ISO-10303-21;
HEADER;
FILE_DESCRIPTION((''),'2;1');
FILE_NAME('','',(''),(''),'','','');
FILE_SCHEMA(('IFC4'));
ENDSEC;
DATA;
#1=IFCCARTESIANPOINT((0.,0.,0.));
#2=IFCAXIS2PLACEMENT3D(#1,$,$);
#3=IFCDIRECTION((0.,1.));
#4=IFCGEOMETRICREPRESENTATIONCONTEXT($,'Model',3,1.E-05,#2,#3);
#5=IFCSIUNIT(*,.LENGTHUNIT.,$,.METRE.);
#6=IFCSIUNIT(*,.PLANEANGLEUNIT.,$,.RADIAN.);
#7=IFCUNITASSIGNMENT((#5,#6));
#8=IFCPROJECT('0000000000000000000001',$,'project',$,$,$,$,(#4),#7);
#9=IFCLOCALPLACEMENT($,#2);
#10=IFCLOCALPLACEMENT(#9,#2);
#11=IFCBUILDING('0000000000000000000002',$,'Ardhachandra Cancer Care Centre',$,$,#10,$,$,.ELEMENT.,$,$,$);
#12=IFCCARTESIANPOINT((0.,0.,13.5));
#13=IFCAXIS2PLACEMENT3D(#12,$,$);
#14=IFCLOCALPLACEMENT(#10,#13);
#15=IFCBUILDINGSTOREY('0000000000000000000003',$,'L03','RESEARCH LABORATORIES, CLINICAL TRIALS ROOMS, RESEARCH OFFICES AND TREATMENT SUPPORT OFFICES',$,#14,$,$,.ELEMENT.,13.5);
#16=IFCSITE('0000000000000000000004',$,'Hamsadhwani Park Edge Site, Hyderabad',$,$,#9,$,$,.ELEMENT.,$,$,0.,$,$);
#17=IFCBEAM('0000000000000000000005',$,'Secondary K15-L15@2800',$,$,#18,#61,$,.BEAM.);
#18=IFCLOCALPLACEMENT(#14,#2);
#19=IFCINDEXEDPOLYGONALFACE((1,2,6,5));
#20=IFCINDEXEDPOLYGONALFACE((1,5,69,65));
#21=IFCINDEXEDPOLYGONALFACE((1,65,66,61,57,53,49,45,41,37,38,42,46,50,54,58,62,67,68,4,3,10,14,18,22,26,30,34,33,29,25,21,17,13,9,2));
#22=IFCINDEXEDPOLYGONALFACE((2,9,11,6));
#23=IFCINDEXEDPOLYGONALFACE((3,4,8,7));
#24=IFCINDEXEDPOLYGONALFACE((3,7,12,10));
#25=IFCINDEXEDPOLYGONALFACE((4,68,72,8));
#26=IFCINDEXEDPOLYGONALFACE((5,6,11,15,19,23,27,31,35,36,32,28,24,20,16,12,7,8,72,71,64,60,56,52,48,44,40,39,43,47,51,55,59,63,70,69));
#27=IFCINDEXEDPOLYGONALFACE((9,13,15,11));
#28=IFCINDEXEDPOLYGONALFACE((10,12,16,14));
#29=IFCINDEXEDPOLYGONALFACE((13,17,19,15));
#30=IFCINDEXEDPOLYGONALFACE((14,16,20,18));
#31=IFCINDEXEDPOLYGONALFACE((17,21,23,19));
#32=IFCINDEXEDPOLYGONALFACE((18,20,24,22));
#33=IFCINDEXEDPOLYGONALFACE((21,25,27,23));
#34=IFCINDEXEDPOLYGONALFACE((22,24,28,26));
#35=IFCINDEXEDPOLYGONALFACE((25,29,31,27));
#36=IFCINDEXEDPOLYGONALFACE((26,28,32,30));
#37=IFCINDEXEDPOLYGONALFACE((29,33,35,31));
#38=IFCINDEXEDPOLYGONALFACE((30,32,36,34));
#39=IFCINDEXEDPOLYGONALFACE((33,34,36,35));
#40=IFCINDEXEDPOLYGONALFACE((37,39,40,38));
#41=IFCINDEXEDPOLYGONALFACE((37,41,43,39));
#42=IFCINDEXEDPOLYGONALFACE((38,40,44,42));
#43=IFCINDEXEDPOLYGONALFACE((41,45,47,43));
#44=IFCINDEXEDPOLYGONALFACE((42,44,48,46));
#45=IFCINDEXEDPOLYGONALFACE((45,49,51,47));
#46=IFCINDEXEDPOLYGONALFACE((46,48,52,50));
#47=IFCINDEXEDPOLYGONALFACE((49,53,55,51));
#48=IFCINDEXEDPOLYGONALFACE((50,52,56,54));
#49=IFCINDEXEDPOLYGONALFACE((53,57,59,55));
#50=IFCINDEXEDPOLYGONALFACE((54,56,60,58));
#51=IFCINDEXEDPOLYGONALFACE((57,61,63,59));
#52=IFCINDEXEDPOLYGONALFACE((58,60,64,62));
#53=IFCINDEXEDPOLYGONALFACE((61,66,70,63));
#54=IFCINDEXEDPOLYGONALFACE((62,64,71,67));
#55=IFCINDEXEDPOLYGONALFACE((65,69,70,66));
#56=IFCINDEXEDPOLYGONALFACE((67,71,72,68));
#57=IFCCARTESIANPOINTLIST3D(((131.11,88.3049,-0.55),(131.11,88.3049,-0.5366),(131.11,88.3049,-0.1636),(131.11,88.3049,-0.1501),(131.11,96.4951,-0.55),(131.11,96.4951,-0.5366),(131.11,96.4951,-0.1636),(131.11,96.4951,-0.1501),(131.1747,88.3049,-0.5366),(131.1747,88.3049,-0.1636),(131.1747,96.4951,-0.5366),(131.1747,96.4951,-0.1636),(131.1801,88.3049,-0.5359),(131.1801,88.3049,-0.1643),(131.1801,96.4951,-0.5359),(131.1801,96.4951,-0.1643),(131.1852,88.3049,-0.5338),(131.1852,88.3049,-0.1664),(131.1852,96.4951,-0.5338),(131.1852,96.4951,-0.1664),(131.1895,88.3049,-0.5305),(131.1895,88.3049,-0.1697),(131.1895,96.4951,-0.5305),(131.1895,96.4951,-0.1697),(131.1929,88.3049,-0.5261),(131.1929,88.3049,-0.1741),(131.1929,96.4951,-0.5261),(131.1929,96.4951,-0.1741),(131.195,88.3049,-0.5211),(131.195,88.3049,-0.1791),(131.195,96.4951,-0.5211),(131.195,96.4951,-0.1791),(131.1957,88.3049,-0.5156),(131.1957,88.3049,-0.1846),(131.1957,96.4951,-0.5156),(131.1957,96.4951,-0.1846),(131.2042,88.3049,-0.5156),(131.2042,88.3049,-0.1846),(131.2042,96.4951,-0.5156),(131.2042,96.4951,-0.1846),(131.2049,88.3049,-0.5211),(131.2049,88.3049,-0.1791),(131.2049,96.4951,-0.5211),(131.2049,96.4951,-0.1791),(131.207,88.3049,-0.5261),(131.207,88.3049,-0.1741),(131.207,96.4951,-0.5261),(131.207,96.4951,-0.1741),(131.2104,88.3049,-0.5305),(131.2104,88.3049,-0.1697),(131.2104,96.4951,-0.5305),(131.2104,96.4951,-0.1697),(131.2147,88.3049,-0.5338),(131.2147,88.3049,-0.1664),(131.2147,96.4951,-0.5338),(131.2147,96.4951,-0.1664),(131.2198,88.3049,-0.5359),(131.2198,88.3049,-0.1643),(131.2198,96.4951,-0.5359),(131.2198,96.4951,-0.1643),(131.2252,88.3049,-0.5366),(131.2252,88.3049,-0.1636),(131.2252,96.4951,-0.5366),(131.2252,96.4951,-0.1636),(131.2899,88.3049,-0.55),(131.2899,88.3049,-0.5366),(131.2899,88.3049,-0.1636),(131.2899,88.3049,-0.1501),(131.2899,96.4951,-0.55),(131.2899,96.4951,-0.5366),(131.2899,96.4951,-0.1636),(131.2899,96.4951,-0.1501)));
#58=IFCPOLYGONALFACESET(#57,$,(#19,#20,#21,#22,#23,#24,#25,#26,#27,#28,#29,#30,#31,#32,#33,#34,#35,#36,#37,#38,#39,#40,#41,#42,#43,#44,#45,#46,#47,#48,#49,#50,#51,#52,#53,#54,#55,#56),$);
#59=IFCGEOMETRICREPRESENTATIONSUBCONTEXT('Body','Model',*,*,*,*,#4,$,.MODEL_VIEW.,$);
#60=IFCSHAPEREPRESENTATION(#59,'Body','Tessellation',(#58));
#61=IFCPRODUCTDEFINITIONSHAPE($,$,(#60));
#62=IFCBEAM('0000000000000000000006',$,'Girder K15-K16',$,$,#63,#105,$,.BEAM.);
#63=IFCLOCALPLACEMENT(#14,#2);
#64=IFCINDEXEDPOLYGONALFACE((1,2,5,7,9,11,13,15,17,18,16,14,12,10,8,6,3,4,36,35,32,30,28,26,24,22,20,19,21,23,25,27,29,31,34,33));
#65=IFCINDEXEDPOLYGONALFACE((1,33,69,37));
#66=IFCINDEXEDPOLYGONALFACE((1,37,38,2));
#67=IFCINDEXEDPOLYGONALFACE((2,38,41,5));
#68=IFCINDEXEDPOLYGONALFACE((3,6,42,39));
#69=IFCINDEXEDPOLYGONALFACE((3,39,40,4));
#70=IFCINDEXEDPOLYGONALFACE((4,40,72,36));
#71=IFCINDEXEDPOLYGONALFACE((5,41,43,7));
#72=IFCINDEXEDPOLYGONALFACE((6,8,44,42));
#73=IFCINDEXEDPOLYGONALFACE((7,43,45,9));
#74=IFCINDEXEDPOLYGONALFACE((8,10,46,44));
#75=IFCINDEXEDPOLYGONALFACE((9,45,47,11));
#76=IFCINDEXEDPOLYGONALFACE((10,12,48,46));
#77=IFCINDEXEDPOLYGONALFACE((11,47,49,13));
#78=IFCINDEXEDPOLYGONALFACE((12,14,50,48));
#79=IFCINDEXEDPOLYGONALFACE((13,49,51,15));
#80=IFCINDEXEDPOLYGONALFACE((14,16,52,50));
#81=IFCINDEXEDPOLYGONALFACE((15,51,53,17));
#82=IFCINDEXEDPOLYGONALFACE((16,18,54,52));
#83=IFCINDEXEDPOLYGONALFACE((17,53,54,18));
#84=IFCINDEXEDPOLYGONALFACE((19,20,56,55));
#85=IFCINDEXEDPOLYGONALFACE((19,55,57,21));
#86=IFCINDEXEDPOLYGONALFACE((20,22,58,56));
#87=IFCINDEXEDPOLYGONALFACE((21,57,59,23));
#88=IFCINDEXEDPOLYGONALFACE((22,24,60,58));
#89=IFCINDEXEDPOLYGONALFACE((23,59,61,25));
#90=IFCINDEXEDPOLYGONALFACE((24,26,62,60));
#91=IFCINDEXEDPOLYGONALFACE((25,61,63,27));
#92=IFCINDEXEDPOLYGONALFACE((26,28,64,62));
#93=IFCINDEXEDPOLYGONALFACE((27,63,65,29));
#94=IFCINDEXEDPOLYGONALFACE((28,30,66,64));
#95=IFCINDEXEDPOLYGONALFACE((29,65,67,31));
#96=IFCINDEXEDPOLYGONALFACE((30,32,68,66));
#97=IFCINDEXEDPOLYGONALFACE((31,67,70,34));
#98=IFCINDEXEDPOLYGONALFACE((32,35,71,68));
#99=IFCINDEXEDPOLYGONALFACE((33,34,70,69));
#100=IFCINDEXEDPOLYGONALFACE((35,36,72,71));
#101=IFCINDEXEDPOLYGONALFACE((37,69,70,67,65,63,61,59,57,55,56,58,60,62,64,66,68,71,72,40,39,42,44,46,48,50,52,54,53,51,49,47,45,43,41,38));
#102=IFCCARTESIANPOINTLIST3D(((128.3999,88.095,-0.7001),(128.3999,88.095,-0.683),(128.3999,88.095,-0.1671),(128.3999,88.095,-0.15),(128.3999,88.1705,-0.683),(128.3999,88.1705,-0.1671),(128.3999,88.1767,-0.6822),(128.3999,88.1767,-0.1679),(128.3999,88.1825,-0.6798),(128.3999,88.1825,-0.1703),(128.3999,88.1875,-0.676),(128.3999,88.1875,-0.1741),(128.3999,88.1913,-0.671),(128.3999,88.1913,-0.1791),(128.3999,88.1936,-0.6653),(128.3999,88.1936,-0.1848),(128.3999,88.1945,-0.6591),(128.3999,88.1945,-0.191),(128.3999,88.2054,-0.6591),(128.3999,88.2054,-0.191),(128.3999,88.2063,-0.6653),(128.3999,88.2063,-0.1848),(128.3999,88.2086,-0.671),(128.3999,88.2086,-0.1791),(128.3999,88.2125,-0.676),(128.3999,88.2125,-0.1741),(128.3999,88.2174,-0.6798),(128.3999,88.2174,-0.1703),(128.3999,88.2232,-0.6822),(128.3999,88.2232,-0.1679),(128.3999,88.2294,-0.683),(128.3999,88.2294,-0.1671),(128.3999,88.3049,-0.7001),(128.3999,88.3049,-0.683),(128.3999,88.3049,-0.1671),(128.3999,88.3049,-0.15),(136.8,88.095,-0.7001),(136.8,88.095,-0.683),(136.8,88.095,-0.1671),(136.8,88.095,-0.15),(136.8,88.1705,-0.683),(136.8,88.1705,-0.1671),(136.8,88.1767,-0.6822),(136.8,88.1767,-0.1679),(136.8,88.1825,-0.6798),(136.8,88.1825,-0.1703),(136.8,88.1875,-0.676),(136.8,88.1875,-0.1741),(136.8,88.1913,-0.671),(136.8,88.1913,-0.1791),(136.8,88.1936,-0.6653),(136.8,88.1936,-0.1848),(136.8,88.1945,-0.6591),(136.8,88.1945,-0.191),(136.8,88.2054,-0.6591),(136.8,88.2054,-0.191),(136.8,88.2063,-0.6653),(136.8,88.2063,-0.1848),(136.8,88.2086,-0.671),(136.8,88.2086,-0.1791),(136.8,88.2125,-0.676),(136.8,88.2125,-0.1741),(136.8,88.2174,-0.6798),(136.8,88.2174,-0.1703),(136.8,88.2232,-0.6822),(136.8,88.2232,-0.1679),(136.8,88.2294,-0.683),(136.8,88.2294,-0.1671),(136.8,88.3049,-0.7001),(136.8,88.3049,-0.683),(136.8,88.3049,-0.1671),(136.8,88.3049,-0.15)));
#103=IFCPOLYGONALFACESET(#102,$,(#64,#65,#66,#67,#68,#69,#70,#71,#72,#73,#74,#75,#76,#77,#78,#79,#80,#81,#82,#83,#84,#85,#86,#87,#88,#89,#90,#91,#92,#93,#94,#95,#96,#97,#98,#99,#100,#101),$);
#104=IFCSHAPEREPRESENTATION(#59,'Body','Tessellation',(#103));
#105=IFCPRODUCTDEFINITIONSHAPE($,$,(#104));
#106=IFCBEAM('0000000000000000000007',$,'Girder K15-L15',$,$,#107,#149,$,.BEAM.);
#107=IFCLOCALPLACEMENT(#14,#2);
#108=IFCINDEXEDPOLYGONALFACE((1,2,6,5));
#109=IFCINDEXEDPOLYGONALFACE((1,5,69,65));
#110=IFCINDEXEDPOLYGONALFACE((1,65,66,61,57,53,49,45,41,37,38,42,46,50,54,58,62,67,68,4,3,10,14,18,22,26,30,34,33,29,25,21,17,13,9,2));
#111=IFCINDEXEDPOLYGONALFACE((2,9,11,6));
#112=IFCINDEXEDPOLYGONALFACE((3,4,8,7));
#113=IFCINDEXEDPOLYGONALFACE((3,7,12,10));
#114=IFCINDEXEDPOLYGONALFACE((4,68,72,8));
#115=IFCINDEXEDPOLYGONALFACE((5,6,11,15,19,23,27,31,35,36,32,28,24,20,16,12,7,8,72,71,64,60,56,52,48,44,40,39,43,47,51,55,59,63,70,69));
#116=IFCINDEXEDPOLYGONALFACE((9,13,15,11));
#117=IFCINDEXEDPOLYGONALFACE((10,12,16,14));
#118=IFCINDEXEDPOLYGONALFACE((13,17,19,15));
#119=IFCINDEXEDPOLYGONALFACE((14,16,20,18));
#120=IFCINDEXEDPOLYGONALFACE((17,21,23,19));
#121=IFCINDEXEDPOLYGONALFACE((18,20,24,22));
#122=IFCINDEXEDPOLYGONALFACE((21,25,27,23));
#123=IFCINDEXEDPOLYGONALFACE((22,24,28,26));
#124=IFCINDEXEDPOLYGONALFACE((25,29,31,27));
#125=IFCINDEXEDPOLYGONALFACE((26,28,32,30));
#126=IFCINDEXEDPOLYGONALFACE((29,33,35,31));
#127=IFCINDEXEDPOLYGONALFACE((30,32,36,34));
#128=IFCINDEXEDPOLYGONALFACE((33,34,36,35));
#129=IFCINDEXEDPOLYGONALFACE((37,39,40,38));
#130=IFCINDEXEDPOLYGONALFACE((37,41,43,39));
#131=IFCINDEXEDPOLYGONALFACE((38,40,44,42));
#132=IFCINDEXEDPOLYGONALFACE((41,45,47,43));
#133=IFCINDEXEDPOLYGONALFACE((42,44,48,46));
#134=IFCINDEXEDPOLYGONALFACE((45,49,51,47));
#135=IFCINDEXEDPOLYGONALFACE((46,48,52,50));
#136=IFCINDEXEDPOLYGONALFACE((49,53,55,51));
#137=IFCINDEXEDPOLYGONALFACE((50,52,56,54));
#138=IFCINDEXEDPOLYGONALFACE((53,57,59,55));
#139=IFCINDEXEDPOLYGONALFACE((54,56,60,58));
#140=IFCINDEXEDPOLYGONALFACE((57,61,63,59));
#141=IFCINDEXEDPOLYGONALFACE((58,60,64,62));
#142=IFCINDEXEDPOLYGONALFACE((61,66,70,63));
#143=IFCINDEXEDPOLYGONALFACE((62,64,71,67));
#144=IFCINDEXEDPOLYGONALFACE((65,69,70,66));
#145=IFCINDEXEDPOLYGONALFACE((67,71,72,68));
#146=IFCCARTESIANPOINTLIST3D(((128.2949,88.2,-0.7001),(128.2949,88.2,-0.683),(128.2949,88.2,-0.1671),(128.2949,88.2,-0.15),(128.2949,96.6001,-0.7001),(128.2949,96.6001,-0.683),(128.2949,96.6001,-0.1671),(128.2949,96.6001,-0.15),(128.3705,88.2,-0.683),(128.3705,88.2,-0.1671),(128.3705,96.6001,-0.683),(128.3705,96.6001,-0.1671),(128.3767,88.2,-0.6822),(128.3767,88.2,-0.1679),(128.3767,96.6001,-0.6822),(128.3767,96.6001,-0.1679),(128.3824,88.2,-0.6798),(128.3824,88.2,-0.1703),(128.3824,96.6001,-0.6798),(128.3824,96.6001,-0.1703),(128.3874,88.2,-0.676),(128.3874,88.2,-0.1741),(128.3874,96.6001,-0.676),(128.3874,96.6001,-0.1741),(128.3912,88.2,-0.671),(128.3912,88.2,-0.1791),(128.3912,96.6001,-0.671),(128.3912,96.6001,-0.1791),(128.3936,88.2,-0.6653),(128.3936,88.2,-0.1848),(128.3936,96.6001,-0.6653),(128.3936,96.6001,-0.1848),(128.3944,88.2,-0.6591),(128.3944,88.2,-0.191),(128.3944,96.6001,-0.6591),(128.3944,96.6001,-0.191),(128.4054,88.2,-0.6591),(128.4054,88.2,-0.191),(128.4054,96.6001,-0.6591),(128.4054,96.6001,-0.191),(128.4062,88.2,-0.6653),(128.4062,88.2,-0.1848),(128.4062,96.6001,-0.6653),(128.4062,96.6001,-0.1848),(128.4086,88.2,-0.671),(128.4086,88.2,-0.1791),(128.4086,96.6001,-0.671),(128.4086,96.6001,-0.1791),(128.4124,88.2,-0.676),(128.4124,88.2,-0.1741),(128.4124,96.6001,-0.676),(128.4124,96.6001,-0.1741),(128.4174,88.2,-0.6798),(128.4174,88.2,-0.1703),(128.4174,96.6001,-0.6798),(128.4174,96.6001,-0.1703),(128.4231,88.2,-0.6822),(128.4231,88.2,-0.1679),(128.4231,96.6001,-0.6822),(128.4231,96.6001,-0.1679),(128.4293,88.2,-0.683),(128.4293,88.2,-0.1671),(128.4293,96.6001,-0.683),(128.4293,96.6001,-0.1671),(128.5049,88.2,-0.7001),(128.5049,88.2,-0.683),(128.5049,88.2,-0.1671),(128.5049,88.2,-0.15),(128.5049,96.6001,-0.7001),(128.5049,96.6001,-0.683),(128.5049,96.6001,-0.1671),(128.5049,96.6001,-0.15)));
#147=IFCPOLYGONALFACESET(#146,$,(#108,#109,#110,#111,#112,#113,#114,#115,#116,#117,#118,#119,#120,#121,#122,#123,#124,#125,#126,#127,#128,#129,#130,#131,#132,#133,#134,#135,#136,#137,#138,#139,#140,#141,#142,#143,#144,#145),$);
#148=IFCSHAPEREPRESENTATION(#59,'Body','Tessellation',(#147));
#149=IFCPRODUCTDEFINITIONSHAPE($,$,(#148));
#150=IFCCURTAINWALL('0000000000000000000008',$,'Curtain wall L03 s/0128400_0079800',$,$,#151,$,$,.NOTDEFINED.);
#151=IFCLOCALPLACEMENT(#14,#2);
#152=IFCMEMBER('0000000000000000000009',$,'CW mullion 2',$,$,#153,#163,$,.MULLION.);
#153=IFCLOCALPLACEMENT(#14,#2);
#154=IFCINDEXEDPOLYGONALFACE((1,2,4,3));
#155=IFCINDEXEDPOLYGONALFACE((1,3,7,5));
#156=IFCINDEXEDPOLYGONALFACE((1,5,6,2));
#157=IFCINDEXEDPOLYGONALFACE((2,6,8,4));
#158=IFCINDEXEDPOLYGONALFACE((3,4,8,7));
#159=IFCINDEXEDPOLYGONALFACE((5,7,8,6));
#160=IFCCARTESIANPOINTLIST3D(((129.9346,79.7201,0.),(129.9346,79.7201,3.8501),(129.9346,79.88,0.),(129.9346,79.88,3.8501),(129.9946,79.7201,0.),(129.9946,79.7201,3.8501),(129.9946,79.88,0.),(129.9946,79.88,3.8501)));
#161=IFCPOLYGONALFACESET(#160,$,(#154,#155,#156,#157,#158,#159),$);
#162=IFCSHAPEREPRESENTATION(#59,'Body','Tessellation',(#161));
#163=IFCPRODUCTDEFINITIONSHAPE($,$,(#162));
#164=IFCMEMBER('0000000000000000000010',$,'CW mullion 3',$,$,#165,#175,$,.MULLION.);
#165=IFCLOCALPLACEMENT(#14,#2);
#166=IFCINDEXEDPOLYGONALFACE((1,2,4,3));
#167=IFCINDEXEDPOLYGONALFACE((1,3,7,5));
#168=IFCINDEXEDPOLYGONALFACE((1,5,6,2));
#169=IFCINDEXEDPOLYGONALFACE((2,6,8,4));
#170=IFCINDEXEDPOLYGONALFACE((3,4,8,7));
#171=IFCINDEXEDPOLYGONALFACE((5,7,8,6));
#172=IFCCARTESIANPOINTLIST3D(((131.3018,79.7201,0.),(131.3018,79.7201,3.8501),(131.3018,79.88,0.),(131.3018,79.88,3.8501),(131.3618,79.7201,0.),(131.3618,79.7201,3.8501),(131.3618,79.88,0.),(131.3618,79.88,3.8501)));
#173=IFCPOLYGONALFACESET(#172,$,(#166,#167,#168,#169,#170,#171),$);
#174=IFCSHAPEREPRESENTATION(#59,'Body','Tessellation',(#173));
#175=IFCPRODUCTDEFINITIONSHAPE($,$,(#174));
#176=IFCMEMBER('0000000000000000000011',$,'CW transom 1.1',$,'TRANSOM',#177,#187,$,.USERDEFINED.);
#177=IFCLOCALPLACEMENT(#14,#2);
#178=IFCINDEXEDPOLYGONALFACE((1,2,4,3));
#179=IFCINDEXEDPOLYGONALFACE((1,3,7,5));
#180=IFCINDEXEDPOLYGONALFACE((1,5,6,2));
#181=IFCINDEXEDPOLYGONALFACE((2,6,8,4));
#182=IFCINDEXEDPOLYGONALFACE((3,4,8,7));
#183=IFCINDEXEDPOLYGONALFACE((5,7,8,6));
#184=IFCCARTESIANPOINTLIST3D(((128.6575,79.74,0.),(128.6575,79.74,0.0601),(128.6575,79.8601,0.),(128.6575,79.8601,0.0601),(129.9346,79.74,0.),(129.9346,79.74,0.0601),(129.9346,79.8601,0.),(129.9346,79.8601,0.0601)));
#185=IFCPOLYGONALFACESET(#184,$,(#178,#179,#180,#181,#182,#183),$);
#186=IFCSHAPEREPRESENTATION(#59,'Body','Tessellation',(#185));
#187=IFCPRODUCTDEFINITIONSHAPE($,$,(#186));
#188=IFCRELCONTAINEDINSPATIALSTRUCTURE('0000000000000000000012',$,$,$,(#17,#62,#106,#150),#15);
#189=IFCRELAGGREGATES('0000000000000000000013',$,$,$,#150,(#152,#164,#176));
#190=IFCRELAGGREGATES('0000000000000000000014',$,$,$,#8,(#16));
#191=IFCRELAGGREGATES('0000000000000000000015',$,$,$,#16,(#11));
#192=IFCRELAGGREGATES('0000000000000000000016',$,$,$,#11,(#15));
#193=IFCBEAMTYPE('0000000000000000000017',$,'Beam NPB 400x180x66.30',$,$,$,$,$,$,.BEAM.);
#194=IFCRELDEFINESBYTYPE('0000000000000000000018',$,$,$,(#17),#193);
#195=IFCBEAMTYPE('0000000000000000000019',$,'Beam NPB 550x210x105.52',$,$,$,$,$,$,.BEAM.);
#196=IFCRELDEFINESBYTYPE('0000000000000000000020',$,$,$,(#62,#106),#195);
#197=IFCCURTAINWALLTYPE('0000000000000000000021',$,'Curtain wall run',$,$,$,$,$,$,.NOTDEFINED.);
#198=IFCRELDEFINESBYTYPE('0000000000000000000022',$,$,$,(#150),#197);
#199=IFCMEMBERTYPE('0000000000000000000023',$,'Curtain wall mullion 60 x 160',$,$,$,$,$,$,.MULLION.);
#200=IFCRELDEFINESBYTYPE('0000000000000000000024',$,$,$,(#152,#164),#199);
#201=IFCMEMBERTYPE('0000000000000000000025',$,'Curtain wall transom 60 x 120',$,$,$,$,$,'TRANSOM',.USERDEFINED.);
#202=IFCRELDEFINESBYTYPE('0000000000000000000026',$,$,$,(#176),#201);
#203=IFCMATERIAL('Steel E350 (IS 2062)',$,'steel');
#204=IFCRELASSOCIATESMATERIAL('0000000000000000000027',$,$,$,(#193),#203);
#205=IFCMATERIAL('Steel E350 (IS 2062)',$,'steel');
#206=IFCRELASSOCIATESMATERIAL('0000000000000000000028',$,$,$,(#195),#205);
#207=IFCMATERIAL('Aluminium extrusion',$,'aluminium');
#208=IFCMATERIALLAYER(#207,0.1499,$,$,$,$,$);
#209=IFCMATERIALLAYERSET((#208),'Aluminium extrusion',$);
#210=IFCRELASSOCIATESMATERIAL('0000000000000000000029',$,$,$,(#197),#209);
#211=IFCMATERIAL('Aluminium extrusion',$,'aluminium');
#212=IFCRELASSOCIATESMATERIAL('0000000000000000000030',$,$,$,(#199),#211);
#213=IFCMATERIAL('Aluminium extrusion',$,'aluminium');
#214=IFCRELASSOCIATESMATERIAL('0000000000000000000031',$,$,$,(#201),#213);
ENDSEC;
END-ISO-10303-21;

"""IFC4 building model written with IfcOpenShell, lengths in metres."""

from ifc_helpers import new_model, si_unit, direction, frame, origin, origin_2d, place, context, subcontext, project, spatial, rectangle, i_section, extrude, material, layer, layer_set, material_profile, profile_set, type_object, element, aggregate, save


model = new_model("IFC4")

# Units and contexts
model_context = context("Model", 3, precision=1e-05, world=origin(), true_north=direction((0.0, 1.0)))
body_context = subcontext(model_context, "Body", "Model", "MODEL_VIEW")
ifc_project = project(units=[si_unit("LENGTHUNIT", "METRE"), si_unit("PLANEANGLEUNIT", "RADIAN")], contexts=[model_context])

# Site, building, storey
site_placement = place(None, origin())
site = spatial("IfcSite", under=ifc_project, at=site_placement, Name="Hamsadhwani Park Edge Site, Hyderabad", CompositionType="ELEMENT", RefElevation=0.0)
building_placement = place(site_placement, origin())
building = spatial("IfcBuilding", under=site, at=building_placement, Name="Ardhachandra Cancer Care Centre", CompositionType="ELEMENT")
storey_placement = place(building_placement, frame((0.0, 0.0, 13.5)))
storey = spatial("IfcBuildingStorey", under=building, at=storey_placement, Name="L03", Description="RESEARCH LABORATORIES, CLINICAL TRIALS ROOMS, RESEARCH OFFICES AND TREATMENT SUPPORT OFFICES", CompositionType="ELEMENT", Elevation=13.5)

# Beams
ifc_material_1 = material(Name="Steel E350 (IS 2062)", Category="steel")
ifc_material_profile_1 = material_profile(ifc_material_1, i_section(OverallWidth=0.1799, OverallDepth=0.3999, WebThickness=0.0085, FlangeThickness=0.0134, FilletRadius=0.021, at=origin_2d()), Name="NPB 400x180x66.30")
ifc_profile_set_1 = profile_set([ifc_material_profile_1], Name="Steel E350 (IS 2062)")
beam_type_1 = type_object("IfcBeamType", Name="Beam NPB 400x180x66.30", PredefinedType="BEAM", material=ifc_profile_set_1)
beam_1_placement = place(storey_placement, frame((131.2, 88.3049, -0.3501), z_axis=(0.0, 1.0, 0.0), x_axis=(-1.0, 0.0, 0.0)))
element("IfcBeam", 1, at=beam_1_placement, inside=storey, type_object=beam_type_1, Name="Secondary K15-L15@2800", PredefinedType="BEAM", context=body_context, shape_type="SweptSolid", body=[
    extrude(i_section(OverallWidth=0.1799, OverallDepth=0.3999, WebThickness=0.0085, FlangeThickness=0.0134, FilletRadius=0.021, at=origin_2d()), origin(), (0.0, 0.0, 1.0), 8.1902),
])
ifc_material_2 = material(Name="Steel E350 (IS 2062)", Category="steel")
ifc_material_profile_2 = material_profile(ifc_material_2, i_section(OverallWidth=0.21, OverallDepth=0.55, WebThickness=0.011, FlangeThickness=0.0171, FilletRadius=0.0239, at=origin_2d()), Name="NPB 550x210x105.52")
ifc_profile_set_2 = profile_set([ifc_material_profile_2], Name="Steel E350 (IS 2062)")
beam_type_2 = type_object("IfcBeamType", Name="Beam NPB 550x210x105.52", PredefinedType="BEAM", material=ifc_profile_set_2)
for number, where, z_axis, x_axis, name in (
    (2, (128.3999, 88.2, -0.425), (1.0, 0.0, 0.0), (0.0, 1.0, 0.0), "Girder K15-K16"),
    (3, (128.3999, 88.2, -0.425), (0.0, 1.0, 0.0), (-1.0, 0.0, 0.0), "Girder K15-L15"),
):
    element("IfcBeam", number, at=place(storey_placement, frame(where, z_axis=z_axis, x_axis=x_axis)), inside=storey, type_object=beam_type_2, Name=name, PredefinedType="BEAM", context=body_context, shape_type="SweptSolid", body=[
        extrude(i_section(OverallWidth=0.21, OverallDepth=0.55, WebThickness=0.011, FlangeThickness=0.0171, FilletRadius=0.0239, at=origin_2d()), origin(), (0.0, 0.0, 1.0), 8.4001),
    ])

# Curtain wall, members
ifc_material_3 = material(Name="Aluminium extrusion", Category="aluminium")
ifc_layer_1 = layer(ifc_material_3, 0.1499)
ifc_layer_set_1 = layer_set([ifc_layer_1], Name="Aluminium extrusion")
curtain_wall_type = type_object("IfcCurtainWallType", Name="Curtain wall run", PredefinedType="NOTDEFINED", material=ifc_layer_set_1)
curtain_wall_placement = place(storey_placement, origin())
curtain_wall = element("IfcCurtainWall", 4, at=curtain_wall_placement, inside=storey, type_object=curtain_wall_type, Name="Curtain wall L03 s/0128400_0079800", PredefinedType="NOTDEFINED")
ifc_material_4 = material(Name="Aluminium extrusion", Category="aluminium")
ifc_material_profile_3 = material_profile(ifc_material_4, rectangle(XDim=0.1599, YDim=0.0601, at=origin_2d()), Name="Curtain wall mullion 60 x 160")
ifc_profile_set_3 = profile_set([ifc_material_profile_3], Name="Aluminium extrusion")
member_type_1 = type_object("IfcMemberType", Name="Curtain wall mullion 60 x 160", PredefinedType="MULLION", material=ifc_profile_set_3)
member_1_placement = place(storey_placement, frame((129.9646, 79.8, 0.0), z_axis=(0.0, 0.0, 1.0), x_axis=(0.0, 1.0, 0.0)))
member_1 = element("IfcMember", 5, at=member_1_placement, type_object=member_type_1, Name="CW mullion 2", PredefinedType="MULLION", context=body_context, shape_type="SweptSolid", body=[
    extrude(rectangle(XDim=0.1599, YDim=0.0601, at=origin_2d()), origin(), (0.0, 0.0, 1.0), 3.8501),
])
member_2_placement = place(storey_placement, frame((131.3318, 79.8, 0.0), z_axis=(0.0, 0.0, 1.0), x_axis=(0.0, 1.0, 0.0)))
member_2 = element("IfcMember", 6, at=member_2_placement, type_object=member_type_1, Name="CW mullion 3", PredefinedType="MULLION", context=body_context, shape_type="SweptSolid", body=[
    extrude(rectangle(XDim=0.1599, YDim=0.0601, at=origin_2d()), origin(), (0.0, 0.0, 1.0), 3.8501),
])
ifc_material_5 = material(Name="Aluminium extrusion", Category="aluminium")
ifc_material_profile_4 = material_profile(ifc_material_5, rectangle(XDim=0.1201, YDim=0.0601, at=origin_2d()), Name="Curtain wall transom 60 x 120")
ifc_profile_set_4 = profile_set([ifc_material_profile_4], Name="Aluminium extrusion")
member_type_2 = type_object("IfcMemberType", Name="Curtain wall transom 60 x 120", ElementType="TRANSOM", PredefinedType="USERDEFINED", material=ifc_profile_set_4)
member_3_placement = place(storey_placement, frame((128.6575, 79.8, 0.03), z_axis=(1.0, 0.0, 0.0), x_axis=(0.0, 1.0, 0.0)))
member_3 = element("IfcMember", 7, at=member_3_placement, type_object=member_type_2, Name="CW transom 1.1", ObjectType="TRANSOM", PredefinedType="USERDEFINED", context=body_context, shape_type="SweptSolid", body=[
    extrude(rectangle(XDim=0.1201, YDim=0.0601, at=origin_2d()), origin(), (0.0, 0.0, 1.0), 1.2771),
])
aggregate(curtain_wall, [member_1, member_2, member_3])

save(model, "model.ifc")
